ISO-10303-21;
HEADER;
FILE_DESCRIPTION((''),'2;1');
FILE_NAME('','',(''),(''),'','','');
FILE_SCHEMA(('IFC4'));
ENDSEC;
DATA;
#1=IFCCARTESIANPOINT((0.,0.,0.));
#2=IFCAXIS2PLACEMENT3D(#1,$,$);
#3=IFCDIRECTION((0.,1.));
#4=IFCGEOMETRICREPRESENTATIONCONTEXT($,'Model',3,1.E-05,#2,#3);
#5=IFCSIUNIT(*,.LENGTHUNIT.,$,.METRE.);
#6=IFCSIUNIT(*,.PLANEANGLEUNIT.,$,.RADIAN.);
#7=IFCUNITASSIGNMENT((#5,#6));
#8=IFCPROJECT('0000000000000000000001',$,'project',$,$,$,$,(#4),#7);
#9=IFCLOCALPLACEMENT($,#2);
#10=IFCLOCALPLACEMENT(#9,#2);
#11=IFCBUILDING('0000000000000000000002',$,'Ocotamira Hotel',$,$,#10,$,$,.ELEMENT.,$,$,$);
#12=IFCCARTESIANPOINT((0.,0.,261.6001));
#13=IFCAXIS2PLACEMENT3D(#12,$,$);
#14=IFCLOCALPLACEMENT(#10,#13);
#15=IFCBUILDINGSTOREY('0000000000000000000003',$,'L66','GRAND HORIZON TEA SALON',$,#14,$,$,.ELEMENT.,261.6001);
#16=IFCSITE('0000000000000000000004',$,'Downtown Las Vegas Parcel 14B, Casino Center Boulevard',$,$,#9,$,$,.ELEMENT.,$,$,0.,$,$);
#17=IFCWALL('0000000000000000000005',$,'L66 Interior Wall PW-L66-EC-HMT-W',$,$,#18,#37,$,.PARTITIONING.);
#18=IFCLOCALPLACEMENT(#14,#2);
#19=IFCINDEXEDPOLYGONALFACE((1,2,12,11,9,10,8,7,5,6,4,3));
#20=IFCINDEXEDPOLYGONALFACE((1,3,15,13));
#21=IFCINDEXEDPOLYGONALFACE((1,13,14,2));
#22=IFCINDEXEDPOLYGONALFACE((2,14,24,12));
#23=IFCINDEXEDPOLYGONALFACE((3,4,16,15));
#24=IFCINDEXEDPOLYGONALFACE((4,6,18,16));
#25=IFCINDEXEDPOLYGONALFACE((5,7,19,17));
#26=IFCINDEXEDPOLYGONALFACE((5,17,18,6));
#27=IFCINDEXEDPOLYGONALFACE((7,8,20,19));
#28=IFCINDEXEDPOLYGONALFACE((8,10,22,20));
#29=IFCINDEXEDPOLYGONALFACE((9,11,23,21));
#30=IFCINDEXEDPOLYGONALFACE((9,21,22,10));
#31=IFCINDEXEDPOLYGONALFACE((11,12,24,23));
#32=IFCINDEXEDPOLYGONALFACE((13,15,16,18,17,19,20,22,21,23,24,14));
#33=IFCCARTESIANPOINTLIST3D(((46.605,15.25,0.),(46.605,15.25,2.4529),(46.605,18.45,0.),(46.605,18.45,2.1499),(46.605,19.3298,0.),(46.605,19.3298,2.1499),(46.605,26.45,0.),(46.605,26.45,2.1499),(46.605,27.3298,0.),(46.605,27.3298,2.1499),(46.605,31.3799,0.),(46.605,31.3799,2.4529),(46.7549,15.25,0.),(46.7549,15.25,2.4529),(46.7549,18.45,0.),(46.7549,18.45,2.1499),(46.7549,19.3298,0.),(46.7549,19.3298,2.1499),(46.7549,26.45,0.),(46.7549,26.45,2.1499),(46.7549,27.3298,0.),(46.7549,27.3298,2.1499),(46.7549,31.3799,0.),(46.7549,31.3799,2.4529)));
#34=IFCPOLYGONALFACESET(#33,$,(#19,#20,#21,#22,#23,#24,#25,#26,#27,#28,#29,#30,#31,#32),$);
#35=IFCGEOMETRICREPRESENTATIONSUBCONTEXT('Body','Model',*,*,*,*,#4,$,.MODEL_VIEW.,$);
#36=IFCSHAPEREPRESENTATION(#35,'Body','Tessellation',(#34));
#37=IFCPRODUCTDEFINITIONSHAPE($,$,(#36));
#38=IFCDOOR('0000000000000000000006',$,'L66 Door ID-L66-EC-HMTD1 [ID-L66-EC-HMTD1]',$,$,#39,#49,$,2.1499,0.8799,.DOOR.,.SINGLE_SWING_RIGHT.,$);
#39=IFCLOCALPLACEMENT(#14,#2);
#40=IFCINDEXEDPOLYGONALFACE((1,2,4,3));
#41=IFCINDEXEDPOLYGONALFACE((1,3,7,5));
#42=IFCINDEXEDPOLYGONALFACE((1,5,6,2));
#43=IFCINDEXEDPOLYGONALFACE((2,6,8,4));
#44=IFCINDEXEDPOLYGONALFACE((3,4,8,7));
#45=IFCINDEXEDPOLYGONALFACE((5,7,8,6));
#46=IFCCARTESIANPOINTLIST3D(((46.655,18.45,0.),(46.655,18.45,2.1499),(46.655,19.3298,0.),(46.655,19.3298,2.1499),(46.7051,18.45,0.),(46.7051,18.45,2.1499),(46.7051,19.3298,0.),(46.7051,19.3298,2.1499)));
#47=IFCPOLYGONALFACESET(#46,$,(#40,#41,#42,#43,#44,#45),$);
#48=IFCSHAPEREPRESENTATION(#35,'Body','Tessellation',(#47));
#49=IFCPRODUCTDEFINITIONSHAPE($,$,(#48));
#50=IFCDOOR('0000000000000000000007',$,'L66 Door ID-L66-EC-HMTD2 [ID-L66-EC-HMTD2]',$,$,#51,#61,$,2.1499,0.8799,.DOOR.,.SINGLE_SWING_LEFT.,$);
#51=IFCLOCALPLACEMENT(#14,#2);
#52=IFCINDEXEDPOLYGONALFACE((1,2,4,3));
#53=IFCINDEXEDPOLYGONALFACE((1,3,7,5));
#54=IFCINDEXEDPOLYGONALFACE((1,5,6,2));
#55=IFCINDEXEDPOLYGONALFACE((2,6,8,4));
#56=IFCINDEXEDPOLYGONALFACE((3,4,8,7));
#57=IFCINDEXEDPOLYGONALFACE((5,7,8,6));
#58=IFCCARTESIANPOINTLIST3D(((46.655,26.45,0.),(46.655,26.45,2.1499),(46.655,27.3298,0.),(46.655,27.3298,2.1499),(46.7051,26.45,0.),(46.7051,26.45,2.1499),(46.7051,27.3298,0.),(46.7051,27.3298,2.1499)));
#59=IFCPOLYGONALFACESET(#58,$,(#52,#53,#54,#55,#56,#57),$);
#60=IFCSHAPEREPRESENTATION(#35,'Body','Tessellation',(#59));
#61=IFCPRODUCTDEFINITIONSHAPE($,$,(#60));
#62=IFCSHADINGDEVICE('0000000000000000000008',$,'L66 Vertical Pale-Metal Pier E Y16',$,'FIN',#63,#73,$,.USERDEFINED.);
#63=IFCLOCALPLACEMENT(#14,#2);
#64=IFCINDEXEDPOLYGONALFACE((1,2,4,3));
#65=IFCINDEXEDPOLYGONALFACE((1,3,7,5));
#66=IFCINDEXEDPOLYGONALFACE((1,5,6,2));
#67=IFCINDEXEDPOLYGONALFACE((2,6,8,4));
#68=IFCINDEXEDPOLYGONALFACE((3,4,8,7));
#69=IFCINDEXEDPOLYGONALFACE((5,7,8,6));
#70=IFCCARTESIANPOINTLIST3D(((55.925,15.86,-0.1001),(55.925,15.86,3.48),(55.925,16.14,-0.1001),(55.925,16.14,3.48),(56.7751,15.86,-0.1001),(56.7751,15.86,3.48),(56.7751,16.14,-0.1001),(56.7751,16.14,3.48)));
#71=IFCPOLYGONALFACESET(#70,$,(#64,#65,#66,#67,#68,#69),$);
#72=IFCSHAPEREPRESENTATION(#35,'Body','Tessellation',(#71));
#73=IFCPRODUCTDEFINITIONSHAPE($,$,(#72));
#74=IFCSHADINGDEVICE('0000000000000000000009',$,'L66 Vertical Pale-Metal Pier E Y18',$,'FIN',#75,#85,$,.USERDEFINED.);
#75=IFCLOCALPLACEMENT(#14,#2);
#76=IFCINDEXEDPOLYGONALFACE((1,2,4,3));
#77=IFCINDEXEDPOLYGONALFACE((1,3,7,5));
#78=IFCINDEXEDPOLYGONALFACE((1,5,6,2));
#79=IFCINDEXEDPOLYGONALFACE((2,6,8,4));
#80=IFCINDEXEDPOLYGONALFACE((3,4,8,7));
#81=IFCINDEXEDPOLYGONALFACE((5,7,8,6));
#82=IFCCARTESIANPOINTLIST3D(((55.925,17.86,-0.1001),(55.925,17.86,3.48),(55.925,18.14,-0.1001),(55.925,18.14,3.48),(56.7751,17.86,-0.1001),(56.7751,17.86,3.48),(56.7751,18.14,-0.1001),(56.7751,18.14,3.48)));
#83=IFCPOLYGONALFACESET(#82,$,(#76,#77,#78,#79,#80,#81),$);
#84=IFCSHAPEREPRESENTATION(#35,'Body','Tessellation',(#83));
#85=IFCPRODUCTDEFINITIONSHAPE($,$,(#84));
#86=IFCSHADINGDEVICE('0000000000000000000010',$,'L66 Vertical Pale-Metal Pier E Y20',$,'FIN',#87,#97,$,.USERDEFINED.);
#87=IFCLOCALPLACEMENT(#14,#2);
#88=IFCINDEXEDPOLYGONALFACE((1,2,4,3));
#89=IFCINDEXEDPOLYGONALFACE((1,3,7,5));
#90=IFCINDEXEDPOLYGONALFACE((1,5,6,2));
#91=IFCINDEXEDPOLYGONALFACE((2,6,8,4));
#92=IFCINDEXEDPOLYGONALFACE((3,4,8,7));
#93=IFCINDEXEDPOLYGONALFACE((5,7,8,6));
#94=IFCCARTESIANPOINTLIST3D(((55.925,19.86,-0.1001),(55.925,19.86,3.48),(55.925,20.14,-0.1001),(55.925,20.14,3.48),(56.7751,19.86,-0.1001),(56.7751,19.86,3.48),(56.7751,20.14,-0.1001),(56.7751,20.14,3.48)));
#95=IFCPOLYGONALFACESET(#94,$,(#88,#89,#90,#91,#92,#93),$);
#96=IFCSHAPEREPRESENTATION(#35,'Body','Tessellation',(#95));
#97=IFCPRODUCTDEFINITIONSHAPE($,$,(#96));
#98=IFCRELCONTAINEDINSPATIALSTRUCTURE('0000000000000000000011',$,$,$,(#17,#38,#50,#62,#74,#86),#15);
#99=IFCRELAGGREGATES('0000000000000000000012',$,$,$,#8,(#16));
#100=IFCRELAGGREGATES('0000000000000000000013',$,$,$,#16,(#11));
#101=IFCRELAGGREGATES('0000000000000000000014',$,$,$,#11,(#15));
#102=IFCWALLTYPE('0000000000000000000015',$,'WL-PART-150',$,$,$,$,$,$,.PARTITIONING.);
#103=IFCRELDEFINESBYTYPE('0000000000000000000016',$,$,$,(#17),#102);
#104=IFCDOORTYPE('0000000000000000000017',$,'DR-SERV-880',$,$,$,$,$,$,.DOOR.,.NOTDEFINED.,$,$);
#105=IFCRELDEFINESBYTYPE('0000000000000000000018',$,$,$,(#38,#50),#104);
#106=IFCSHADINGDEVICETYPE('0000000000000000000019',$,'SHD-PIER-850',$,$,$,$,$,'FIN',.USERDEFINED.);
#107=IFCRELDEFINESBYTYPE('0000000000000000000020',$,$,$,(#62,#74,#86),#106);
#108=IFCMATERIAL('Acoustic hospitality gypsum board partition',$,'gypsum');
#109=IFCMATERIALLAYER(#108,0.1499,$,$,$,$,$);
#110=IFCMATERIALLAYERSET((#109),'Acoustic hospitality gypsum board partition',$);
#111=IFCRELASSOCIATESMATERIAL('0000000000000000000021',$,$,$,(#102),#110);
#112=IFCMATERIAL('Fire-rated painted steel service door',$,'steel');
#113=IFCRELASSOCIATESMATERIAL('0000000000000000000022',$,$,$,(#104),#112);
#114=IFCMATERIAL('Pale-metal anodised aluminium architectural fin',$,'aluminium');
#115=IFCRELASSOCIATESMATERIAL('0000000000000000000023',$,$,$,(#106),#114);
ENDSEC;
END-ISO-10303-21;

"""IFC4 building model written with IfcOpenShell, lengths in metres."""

from ifc_helpers import new_model, si_unit, direction, frame, frame_2d, origin, origin_2d, place, context, subcontext, project, spatial, rectangle, extrude, source, transform, mapped, material, layer, layer_set, type_object, element, fill, save


model = new_model("IFC4")

# Units and contexts
model_context = context("Model", 3, precision=1e-05, world=origin(), true_north=direction((0.0, 1.0)))
body_context = subcontext(model_context, "Body", "Model", "MODEL_VIEW")
ifc_project = project(units=[si_unit("LENGTHUNIT", "METRE"), si_unit("PLANEANGLEUNIT", "RADIAN")], contexts=[model_context])

# Site, building, storey
site_placement = place(None, origin())
site = spatial("IfcSite", under=ifc_project, at=site_placement, Name="Downtown Las Vegas Parcel 14B, Casino Center Boulevard", CompositionType="ELEMENT", RefElevation=0.0)
building_placement = place(site_placement, origin())
building = spatial("IfcBuilding", under=site, at=building_placement, Name="Ocotamira Hotel", CompositionType="ELEMENT")
storey_placement = place(building_placement, frame((0.0, 0.0, 261.6001)))
storey = spatial("IfcBuildingStorey", under=building, at=storey_placement, Name="L66", Description="GRAND HORIZON TEA SALON", CompositionType="ELEMENT", Elevation=261.6001)

# Wall, openings, doors
ifc_material_1 = material(Name="Acoustic hospitality gypsum board partition", Category="gypsum")
ifc_layer_1 = layer(ifc_material_1, 0.1499)
ifc_layer_set_1 = layer_set([ifc_layer_1], Name="Acoustic hospitality gypsum board partition")
wall_type_1 = type_object("IfcWallType", Name="WL-PART-150", PredefinedType="PARTITIONING", material=ifc_layer_set_1)
wall_1_placement = place(storey_placement, frame((46.6799, 15.25, 0.0), z_axis=(0.0, 0.0, 1.0), x_axis=(0.0, 1.0, 0.0)))
wall_1 = element("IfcWall", 1, at=wall_1_placement, inside=storey, type_object=wall_type_1, Name="L66 Interior Wall PW-L66-EC-HMT-W", PredefinedType="PARTITIONING", context=body_context, shape_type="SweptSolid", body=[
    extrude(rectangle(XDim=16.1299, YDim=0.1499, at=frame_2d((8.0649, 0.0))), origin(), (0.0, 0.0, 1.0), 2.4529),
])
opening_1_placement = place(wall_1_placement, frame((3.2, 0.0, 0.0)))
opening_1 = element("IfcOpeningElement", 2, at=opening_1_placement, cuts=wall_1, PredefinedType="OPENING", context=body_context, shape_type="SweptSolid", body=[
    extrude(rectangle(XDim=0.8799, YDim=2.1499, at=frame_2d((0.4399, 1.075))), frame((0.0, 0.085, 0.0), z_axis=(0.0, -1.0, 0.0), x_axis=(1.0, 0.0, 0.0)), (0.0, 0.0, 1.0), 0.1699),
])
opening_2_placement = place(wall_1_placement, frame((11.2, 0.0, 0.0)))
opening_2 = element("IfcOpeningElement", 3, at=opening_2_placement, cuts=wall_1, PredefinedType="OPENING", context=body_context, shape_type="SweptSolid", body=[
    extrude(rectangle(XDim=0.8799, YDim=2.1499, at=frame_2d((0.4399, 1.075))), frame((0.0, 0.085, 0.0), z_axis=(0.0, -1.0, 0.0), x_axis=(1.0, 0.0, 0.0)), (0.0, 0.0, 1.0), 0.1699),
])
ifc_material_2 = material(Name="Fire-rated painted steel service door", Category="steel")
door_type_1 = type_object("IfcDoorType", Name="DR-SERV-880", OperationType="NOTDEFINED", PredefinedType="DOOR", material=ifc_material_2)
shared_shape_1 = source(origin(), body_context, "Body", "SweptSolid", [
    extrude(rectangle(XDim=0.8799, YDim=2.1499, at=frame_2d((0.4399, 1.075))), frame((0.0, 0.0249, 0.0), z_axis=(0.0, -1.0, 0.0), x_axis=(1.0, 0.0, 0.0)), (0.0, 0.0, 1.0), 0.05),
])
door_1_placement = place(opening_1_placement, origin())
door_1 = element("IfcDoor", 4, at=door_1_placement, inside=storey, type_object=door_type_1, Name="L66 Door ID-L66-EC-HMTD1 [ID-L66-EC-HMTD1]", OperationType="SINGLE_SWING_RIGHT", OverallHeight=2.1499, OverallWidth=0.8799, PredefinedType="DOOR", context=body_context, shape_type="MappedRepresentation", body=[
    mapped(shared_shape_1, transform((0.0, 0.0, 0.0), scale=1.0)),
])
fill(opening_1, door_1)
door_2_placement = place(opening_2_placement, origin())
door_2 = element("IfcDoor", 5, at=door_2_placement, inside=storey, type_object=door_type_1, Name="L66 Door ID-L66-EC-HMTD2 [ID-L66-EC-HMTD2]", OperationType="SINGLE_SWING_LEFT", OverallHeight=2.1499, OverallWidth=0.8799, PredefinedType="DOOR", context=body_context, shape_type="MappedRepresentation", body=[
    mapped(shared_shape_1, transform((0.0, 0.0, 0.0), scale=1.0)),
])
fill(opening_2, door_2)

# Shading devices
ifc_material_3 = material(Name="Pale-metal anodised aluminium architectural fin", Category="aluminium")
shading_device_type = type_object("IfcShadingDeviceType", Name="SHD-PIER-850", ElementType="FIN", PredefinedType="USERDEFINED", material=ifc_material_3)
shared_shape_2 = source(origin(), body_context, "Body", "SweptSolid", [
    extrude(rectangle(XDim=0.8501, YDim=0.28, at=origin_2d()), origin(), (0.0, 0.0, 1.0), 3.5801),
])
for number, where, z_axis, x_axis, name in (
    (6, (56.3501, 16.0, -0.1001), (0.0, 0.0, 1.0), (1.0, 0.0, 0.0), "L66 Vertical Pale-Metal Pier E Y16"),
    (7, (56.3501, 18.0, -0.1001), (0.0, 0.0, 1.0), (1.0, 0.0, 0.0), "L66 Vertical Pale-Metal Pier E Y18"),
    (8, (56.3501, 20.0, -0.1001), (0.0, 0.0, 1.0), (1.0, 0.0, 0.0), "L66 Vertical Pale-Metal Pier E Y20"),
):
    element("IfcShadingDevice", number, at=place(storey_placement, frame(where, z_axis=z_axis, x_axis=x_axis)), inside=storey, type_object=shading_device_type, Name=name, ObjectType="FIN", PredefinedType="USERDEFINED", context=body_context, shape_type="MappedRepresentation", body=[
        mapped(shared_shape_2, transform((0.0, 0.0, 0.0), scale=1.0)),
    ])

save(model, "model.ifc")
